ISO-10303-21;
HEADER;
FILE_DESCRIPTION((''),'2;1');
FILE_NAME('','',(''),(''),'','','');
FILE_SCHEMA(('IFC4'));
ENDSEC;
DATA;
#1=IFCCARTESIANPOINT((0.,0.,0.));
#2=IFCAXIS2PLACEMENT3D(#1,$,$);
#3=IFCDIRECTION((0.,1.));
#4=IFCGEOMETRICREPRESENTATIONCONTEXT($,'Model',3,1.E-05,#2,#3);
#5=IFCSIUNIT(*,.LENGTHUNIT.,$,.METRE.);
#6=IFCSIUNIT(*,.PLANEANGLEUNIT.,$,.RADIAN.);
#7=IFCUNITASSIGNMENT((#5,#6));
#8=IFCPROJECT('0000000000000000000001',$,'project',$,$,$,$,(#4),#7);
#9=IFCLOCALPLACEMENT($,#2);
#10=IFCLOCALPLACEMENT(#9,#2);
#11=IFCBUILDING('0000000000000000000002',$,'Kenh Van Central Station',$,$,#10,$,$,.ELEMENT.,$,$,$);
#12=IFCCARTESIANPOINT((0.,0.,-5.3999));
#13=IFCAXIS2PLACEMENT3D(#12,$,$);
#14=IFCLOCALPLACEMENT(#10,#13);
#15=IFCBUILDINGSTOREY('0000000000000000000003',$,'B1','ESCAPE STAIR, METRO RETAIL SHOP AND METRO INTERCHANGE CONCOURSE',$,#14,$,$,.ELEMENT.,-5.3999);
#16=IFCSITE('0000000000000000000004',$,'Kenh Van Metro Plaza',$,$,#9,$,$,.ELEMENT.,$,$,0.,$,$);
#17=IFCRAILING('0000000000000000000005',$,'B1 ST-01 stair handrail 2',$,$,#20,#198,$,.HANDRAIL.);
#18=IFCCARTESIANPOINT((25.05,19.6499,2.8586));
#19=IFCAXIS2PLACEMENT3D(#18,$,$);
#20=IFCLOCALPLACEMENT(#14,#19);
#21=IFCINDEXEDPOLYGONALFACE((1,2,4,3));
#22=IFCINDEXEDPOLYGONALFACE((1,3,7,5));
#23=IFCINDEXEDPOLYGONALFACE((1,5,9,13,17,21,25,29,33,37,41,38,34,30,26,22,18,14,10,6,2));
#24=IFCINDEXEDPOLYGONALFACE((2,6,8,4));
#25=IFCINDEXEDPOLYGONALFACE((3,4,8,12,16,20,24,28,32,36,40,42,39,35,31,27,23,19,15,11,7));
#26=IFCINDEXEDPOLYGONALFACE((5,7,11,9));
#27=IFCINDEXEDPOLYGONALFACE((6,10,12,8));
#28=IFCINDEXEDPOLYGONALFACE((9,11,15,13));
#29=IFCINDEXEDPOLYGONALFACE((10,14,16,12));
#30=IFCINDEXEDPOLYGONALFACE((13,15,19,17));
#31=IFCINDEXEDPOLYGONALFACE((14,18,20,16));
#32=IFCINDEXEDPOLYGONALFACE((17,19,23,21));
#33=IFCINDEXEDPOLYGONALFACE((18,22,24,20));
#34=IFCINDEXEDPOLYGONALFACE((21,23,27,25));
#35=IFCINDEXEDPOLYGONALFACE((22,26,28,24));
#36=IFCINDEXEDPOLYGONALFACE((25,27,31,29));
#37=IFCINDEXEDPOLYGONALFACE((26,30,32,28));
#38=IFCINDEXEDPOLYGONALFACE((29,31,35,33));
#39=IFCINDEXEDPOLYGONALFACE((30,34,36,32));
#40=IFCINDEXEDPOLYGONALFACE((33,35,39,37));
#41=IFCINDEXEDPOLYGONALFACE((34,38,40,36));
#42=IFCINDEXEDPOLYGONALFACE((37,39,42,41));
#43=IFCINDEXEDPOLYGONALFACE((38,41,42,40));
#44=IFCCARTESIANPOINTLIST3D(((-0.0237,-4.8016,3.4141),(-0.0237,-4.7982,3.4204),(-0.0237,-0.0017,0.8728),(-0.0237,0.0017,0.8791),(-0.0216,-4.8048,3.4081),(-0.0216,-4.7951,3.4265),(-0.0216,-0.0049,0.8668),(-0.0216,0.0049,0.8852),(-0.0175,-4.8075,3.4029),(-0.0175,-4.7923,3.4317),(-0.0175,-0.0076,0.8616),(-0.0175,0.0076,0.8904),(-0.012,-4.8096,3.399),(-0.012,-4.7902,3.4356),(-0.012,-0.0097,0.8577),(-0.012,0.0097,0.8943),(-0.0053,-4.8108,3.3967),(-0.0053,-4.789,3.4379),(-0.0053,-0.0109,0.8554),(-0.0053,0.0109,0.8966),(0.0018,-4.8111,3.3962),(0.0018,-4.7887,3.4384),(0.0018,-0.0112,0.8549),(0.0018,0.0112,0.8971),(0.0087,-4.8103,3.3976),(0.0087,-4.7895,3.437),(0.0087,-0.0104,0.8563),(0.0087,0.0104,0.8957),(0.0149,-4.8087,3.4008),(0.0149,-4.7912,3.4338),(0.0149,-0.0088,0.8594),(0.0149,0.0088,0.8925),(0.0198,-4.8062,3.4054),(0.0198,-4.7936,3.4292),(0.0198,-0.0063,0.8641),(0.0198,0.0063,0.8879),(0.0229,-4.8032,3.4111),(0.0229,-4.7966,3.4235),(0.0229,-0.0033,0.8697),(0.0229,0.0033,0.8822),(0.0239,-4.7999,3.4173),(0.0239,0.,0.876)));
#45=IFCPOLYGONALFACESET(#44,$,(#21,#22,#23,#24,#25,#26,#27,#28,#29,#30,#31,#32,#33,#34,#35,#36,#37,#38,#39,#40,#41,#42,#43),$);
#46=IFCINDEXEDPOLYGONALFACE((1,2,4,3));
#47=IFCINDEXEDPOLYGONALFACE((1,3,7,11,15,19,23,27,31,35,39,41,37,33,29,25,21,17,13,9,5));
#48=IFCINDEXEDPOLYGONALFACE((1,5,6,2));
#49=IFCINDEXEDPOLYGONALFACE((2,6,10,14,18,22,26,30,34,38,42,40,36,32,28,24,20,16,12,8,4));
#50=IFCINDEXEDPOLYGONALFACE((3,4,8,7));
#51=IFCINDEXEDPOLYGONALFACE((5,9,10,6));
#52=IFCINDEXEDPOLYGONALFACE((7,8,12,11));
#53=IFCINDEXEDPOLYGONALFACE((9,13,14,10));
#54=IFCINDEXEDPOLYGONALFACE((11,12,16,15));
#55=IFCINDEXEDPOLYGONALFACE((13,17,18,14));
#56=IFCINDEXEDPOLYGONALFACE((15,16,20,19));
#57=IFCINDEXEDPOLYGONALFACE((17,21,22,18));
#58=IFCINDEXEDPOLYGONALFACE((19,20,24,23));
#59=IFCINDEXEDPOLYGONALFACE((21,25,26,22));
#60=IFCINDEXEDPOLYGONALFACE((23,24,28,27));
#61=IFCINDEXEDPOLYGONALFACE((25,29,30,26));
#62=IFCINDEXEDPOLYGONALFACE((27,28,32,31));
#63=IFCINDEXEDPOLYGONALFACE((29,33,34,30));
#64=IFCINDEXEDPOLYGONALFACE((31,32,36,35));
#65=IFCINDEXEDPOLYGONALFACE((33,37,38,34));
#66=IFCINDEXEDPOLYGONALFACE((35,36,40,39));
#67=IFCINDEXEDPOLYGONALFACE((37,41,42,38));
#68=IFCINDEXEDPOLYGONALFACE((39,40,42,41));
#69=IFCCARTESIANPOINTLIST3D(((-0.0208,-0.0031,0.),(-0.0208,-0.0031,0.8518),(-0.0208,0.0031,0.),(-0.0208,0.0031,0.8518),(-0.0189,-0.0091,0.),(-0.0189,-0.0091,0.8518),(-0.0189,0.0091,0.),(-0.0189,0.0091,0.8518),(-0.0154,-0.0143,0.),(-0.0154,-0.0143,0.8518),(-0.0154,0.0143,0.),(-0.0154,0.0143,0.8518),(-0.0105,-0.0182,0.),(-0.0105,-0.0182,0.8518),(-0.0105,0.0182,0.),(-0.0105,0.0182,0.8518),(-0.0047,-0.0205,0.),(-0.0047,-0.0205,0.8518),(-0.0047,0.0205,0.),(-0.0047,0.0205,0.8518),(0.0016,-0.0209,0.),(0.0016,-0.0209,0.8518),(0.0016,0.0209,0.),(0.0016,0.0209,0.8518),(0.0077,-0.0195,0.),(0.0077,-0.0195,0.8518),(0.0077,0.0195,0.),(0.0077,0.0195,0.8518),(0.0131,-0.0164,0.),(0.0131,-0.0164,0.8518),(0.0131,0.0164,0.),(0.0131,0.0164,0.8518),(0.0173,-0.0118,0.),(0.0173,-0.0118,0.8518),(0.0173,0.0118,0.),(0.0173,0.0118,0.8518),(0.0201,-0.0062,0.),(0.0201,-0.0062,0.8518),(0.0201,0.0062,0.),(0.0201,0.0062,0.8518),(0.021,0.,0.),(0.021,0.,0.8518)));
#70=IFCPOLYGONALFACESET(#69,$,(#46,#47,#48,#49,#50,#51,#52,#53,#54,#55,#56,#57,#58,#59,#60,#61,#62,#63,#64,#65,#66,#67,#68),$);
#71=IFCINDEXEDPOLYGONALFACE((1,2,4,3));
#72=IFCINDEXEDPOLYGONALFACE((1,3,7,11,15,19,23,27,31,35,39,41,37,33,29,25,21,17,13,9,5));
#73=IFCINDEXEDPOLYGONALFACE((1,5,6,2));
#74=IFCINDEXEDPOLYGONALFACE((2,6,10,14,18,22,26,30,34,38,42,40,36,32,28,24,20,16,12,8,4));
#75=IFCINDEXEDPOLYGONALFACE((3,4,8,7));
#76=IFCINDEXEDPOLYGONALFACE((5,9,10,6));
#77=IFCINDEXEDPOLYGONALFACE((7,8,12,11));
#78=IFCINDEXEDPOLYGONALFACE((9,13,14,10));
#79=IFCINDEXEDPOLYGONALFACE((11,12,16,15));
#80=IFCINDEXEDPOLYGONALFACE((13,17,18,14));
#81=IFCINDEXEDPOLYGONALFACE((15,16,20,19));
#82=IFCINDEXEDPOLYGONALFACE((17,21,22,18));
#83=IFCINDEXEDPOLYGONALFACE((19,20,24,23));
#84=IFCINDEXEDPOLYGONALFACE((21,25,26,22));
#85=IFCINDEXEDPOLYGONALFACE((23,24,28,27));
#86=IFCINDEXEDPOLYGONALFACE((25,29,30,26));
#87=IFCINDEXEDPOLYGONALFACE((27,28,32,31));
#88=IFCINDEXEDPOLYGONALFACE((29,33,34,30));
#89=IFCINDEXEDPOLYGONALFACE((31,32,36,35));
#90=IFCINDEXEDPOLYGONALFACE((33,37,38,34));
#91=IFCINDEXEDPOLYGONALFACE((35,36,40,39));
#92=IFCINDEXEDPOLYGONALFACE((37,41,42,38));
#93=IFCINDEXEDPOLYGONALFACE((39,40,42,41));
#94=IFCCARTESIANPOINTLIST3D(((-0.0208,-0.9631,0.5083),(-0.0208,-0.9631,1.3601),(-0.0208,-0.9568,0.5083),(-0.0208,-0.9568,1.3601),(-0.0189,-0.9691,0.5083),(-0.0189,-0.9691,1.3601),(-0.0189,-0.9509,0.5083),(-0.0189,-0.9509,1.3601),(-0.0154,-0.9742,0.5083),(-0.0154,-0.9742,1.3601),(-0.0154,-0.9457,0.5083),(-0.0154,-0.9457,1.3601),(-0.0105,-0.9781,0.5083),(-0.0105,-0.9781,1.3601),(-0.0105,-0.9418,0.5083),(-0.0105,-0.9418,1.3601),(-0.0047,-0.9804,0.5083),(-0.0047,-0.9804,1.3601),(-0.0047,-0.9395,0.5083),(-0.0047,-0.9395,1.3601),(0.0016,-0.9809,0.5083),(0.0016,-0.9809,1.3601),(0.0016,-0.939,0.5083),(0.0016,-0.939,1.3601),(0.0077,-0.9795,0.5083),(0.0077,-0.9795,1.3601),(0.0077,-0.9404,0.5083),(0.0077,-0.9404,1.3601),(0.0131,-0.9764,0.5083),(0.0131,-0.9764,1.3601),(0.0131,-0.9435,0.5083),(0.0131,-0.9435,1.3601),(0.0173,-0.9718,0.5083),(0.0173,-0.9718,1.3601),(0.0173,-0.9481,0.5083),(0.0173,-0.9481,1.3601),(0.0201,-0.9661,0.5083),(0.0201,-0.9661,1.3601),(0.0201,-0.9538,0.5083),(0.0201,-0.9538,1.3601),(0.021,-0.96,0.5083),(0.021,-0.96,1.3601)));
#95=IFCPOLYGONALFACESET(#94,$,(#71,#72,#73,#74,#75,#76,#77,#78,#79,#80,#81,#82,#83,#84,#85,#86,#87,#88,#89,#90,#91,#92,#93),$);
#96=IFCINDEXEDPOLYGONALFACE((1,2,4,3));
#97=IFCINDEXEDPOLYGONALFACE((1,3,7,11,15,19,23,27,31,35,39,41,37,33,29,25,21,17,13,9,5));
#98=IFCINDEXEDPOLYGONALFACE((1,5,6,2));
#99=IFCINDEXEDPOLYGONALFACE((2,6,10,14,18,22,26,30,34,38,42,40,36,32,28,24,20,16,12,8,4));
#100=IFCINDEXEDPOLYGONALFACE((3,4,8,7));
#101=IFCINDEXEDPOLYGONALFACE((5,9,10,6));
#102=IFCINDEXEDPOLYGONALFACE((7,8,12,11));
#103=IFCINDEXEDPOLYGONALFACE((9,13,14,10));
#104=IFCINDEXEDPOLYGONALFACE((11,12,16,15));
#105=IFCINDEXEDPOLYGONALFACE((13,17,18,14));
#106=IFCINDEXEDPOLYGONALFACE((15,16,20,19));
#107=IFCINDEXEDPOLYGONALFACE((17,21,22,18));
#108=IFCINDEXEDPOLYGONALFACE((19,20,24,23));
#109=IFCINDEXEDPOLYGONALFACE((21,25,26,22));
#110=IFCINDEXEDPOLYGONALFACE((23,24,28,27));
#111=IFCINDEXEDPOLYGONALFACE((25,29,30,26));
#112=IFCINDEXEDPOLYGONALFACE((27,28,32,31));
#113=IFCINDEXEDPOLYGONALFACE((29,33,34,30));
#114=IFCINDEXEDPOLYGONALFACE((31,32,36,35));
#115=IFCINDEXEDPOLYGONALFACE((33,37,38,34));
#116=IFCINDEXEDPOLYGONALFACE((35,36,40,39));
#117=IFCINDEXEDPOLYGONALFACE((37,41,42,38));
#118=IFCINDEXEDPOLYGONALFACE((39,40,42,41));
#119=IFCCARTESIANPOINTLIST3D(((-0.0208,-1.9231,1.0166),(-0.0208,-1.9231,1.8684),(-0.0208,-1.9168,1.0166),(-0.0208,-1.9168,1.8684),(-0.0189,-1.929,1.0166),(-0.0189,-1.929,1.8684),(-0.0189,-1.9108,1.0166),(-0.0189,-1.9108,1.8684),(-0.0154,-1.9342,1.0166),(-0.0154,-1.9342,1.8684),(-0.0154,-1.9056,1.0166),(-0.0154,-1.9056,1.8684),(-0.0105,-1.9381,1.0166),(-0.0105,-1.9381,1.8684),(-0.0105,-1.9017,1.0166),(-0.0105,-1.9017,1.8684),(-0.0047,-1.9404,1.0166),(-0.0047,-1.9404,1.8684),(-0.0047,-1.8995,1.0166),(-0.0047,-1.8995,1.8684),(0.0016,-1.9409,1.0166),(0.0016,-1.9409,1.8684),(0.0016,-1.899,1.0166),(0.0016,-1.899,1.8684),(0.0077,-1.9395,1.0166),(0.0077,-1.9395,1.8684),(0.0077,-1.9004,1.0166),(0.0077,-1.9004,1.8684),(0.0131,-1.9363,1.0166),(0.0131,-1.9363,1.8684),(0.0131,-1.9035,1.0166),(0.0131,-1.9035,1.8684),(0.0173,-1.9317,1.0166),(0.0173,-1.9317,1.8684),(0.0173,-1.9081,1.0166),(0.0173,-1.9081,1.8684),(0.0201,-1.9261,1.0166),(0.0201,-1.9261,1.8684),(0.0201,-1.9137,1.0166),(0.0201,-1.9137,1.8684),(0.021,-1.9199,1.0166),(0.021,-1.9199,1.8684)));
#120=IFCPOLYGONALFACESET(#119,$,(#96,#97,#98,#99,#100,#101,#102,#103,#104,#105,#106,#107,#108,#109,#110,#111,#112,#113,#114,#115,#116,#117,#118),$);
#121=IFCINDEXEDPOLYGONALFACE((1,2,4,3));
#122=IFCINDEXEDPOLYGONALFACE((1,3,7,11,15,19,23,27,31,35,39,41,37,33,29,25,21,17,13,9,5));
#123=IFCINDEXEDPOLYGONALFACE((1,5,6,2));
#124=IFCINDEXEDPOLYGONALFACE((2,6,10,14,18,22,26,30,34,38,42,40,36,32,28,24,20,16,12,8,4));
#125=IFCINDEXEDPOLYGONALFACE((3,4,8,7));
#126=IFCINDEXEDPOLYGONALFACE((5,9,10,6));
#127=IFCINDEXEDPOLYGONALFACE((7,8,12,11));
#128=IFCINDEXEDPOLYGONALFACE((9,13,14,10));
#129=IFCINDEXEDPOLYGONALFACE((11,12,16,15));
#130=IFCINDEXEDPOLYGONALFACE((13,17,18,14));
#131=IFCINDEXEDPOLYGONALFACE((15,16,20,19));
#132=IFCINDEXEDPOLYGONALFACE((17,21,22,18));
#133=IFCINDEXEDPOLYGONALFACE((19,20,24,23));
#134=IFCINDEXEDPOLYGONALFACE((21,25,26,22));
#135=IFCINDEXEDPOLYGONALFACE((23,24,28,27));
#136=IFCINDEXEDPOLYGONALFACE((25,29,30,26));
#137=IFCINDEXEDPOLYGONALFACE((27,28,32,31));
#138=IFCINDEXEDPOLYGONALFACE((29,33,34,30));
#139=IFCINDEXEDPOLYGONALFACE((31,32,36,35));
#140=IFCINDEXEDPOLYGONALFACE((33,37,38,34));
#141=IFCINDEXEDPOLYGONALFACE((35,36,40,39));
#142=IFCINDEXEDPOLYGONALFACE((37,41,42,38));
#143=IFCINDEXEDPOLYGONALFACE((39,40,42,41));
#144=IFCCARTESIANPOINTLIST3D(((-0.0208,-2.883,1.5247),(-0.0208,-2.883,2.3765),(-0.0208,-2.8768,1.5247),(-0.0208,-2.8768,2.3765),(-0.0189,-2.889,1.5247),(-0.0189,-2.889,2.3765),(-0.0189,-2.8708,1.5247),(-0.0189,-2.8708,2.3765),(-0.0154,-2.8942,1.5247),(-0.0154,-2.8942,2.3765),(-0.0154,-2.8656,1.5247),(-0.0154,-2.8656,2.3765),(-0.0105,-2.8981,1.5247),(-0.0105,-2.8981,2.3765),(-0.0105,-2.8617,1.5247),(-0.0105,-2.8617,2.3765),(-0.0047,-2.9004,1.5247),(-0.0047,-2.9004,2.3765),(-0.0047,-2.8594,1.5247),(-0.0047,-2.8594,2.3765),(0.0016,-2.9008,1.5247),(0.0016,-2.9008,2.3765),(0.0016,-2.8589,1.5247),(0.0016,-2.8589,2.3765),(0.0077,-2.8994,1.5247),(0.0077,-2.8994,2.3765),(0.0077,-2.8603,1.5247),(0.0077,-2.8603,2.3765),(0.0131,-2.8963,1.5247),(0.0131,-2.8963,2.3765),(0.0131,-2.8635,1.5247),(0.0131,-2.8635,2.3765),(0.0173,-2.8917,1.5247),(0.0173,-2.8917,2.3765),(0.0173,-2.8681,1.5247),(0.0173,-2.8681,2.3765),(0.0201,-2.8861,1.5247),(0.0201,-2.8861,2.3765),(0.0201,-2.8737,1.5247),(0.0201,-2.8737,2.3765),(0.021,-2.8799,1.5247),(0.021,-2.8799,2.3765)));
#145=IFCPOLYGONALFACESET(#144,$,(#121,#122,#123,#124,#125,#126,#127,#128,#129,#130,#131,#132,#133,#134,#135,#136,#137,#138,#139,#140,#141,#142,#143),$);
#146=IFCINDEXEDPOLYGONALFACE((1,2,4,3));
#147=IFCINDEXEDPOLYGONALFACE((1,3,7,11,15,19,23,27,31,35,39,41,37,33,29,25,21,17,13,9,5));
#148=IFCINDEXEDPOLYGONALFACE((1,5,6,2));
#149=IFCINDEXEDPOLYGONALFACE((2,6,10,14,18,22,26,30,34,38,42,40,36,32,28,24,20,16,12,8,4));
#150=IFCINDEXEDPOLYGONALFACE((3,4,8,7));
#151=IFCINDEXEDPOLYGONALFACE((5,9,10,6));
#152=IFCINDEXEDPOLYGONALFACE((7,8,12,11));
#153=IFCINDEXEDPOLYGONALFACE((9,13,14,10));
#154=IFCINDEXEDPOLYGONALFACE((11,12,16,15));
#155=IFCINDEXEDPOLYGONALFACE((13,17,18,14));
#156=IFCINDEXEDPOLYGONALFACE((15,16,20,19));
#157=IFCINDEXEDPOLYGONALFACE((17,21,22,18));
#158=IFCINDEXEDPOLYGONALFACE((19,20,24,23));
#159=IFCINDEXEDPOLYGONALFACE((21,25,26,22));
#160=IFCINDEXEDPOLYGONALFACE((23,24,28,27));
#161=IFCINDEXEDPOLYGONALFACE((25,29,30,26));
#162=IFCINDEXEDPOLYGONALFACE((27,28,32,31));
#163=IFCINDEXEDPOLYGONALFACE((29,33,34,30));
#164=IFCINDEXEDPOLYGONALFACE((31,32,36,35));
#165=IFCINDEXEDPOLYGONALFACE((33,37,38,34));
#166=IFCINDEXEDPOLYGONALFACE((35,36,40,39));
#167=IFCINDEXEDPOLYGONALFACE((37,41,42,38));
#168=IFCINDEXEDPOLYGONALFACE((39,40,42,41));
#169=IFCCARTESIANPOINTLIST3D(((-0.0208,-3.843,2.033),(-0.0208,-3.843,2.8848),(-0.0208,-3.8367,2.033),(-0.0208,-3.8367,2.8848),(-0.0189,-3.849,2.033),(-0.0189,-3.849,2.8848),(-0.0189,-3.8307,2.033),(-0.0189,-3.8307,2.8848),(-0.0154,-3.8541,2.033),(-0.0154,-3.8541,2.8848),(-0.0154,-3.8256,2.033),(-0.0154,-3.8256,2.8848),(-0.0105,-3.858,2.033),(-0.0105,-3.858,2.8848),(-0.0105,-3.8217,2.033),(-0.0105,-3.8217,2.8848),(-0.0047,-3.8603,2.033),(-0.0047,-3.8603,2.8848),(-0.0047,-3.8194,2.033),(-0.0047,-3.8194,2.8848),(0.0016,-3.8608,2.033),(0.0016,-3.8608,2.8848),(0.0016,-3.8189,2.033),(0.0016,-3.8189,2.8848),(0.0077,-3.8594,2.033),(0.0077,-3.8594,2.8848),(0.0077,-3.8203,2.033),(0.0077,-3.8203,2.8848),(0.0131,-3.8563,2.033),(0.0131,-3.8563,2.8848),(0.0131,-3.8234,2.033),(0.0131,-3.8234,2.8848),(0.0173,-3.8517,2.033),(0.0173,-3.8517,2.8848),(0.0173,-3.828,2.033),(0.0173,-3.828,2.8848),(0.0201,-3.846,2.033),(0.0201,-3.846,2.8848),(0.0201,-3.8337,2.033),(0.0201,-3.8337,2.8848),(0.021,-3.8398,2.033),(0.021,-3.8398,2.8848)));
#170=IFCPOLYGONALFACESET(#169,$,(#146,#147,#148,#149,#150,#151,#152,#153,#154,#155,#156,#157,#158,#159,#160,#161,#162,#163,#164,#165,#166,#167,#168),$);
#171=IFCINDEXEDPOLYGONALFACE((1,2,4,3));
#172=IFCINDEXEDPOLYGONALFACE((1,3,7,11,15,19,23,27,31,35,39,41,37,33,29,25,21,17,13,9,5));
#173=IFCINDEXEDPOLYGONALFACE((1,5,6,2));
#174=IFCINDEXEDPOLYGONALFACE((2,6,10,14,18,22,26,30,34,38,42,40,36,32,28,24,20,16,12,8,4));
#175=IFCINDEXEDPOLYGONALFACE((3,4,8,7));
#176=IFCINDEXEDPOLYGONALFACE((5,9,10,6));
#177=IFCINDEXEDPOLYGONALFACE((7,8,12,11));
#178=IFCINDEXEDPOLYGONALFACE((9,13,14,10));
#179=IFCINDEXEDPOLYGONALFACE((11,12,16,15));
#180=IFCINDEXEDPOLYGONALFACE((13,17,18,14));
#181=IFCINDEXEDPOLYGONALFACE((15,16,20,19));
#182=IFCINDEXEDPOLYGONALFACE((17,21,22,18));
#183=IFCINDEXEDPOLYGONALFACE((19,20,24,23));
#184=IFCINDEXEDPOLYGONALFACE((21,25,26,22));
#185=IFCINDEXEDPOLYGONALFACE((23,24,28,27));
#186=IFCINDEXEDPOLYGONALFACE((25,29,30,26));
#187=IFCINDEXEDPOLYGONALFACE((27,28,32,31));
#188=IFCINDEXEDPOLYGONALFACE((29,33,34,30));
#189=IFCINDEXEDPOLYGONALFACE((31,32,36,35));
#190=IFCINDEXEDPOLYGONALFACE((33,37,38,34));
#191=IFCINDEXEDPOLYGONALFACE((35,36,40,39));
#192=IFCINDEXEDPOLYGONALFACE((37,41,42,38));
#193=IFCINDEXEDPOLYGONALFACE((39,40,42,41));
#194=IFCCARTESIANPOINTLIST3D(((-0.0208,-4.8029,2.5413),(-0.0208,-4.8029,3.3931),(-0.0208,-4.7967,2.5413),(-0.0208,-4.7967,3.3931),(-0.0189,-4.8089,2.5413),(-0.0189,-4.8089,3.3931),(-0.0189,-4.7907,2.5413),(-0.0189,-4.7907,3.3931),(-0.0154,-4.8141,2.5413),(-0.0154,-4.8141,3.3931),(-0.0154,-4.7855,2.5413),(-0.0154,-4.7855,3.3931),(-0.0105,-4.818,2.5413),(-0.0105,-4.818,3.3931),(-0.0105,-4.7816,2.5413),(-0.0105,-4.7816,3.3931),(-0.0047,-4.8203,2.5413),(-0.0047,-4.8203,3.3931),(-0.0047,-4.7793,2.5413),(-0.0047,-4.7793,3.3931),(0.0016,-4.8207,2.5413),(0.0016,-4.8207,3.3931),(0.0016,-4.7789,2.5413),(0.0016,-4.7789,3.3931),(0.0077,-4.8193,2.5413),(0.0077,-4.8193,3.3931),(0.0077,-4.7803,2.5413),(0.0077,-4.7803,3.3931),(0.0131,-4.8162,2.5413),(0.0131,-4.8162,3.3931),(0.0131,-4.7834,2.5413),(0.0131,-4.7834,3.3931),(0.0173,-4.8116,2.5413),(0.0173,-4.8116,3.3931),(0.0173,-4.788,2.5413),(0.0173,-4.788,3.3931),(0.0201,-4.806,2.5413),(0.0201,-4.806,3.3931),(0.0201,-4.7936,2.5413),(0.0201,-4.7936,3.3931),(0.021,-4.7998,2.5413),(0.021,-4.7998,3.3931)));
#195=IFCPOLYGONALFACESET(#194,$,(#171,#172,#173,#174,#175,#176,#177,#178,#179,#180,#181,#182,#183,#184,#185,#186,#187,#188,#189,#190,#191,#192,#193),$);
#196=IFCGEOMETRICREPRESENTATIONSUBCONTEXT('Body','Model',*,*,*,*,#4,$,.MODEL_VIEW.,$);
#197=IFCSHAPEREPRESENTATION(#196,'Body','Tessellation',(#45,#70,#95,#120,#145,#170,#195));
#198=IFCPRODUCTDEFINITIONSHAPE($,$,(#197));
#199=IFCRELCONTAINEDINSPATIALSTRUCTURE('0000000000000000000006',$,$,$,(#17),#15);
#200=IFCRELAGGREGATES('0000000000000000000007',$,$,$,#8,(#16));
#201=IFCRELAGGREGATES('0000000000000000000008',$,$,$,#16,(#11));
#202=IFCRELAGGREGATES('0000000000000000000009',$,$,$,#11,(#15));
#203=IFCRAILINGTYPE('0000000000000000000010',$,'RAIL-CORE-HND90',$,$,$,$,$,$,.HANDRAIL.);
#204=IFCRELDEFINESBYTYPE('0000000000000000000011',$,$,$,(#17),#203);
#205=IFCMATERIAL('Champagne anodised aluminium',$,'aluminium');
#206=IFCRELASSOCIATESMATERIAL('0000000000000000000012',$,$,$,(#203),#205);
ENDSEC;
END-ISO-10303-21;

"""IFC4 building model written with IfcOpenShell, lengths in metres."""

from ifc_helpers import new_model, si_unit, direction, frame, origin, origin_2d, place, context, subcontext, project, spatial, circle, extrude, material, type_object, element, save


model = new_model("IFC4")

# Units and contexts
model_context = context("Model", 3, precision=1e-05, world=origin(), true_north=direction((0.0, 1.0)))
body_context = subcontext(model_context, "Body", "Model", "MODEL_VIEW")
ifc_project = project(units=[si_unit("LENGTHUNIT", "METRE"), si_unit("PLANEANGLEUNIT", "RADIAN")], contexts=[model_context])

# Site, building, storey
site_placement = place(None, origin())
site = spatial("IfcSite", under=ifc_project, at=site_placement, Name="Kenh Van Metro Plaza", CompositionType="ELEMENT", RefElevation=0.0)
building_placement = place(site_placement, origin())
building = spatial("IfcBuilding", under=site, at=building_placement, Name="Kenh Van Central Station", CompositionType="ELEMENT")
storey_placement = place(building_placement, frame((0.0, 0.0, -5.3999)))
storey = spatial("IfcBuildingStorey", under=building, at=storey_placement, Name="B1", Description="ESCAPE STAIR, METRO RETAIL SHOP AND METRO INTERCHANGE CONCOURSE", CompositionType="ELEMENT", Elevation=-5.3999)

# Shared definitions
ifc_material_1 = material(Name="Champagne anodised aluminium", Category="aluminium")

# Railing
railing_type_1 = type_object("IfcRailingType", Name="RAIL-CORE-HND90", PredefinedType="HANDRAIL", material=ifc_material_1)
railing_1_placement = place(storey_placement, frame((25.05, 19.6499, 2.8586)))
element("IfcRailing", 1, at=railing_1_placement, inside=storey, type_object=railing_type_1, Name="B1 ST-01 stair handrail 2", PredefinedType="HANDRAIL", context=body_context, shape_type="SweptSolid", body=[
    extrude(circle(Radius=0.0239, at=origin_2d()), frame((0.0, 0.0, 0.876), z_axis=(0.0, -0.883774, 0.467915), x_axis=(1.0, 0.0, 0.0)), (0.0, 0.0, 1.0), 5.4312),
    extrude(circle(Radius=0.021, at=origin_2d()), origin(), (0.0, 0.0, 1.0), 0.8518),
    extrude(circle(Radius=0.021, at=origin_2d()), frame((0.0, -0.96, 0.5083)), (0.0, 0.0, 1.0), 0.8518),
    extrude(circle(Radius=0.021, at=origin_2d()), frame((0.0, -1.9199, 1.0166)), (0.0, 0.0, 1.0), 0.8518),
    extrude(circle(Radius=0.021, at=origin_2d()), frame((0.0, -2.8799, 1.5247)), (0.0, 0.0, 1.0), 0.8518),
    extrude(circle(Radius=0.021, at=origin_2d()), frame((0.0, -3.8398, 2.033)), (0.0, 0.0, 1.0), 0.8518),
    extrude(circle(Radius=0.021, at=origin_2d()), frame((0.0, -4.7998, 2.5413)), (0.0, 0.0, 1.0), 0.8518),
])

save(model, "model.ifc")
